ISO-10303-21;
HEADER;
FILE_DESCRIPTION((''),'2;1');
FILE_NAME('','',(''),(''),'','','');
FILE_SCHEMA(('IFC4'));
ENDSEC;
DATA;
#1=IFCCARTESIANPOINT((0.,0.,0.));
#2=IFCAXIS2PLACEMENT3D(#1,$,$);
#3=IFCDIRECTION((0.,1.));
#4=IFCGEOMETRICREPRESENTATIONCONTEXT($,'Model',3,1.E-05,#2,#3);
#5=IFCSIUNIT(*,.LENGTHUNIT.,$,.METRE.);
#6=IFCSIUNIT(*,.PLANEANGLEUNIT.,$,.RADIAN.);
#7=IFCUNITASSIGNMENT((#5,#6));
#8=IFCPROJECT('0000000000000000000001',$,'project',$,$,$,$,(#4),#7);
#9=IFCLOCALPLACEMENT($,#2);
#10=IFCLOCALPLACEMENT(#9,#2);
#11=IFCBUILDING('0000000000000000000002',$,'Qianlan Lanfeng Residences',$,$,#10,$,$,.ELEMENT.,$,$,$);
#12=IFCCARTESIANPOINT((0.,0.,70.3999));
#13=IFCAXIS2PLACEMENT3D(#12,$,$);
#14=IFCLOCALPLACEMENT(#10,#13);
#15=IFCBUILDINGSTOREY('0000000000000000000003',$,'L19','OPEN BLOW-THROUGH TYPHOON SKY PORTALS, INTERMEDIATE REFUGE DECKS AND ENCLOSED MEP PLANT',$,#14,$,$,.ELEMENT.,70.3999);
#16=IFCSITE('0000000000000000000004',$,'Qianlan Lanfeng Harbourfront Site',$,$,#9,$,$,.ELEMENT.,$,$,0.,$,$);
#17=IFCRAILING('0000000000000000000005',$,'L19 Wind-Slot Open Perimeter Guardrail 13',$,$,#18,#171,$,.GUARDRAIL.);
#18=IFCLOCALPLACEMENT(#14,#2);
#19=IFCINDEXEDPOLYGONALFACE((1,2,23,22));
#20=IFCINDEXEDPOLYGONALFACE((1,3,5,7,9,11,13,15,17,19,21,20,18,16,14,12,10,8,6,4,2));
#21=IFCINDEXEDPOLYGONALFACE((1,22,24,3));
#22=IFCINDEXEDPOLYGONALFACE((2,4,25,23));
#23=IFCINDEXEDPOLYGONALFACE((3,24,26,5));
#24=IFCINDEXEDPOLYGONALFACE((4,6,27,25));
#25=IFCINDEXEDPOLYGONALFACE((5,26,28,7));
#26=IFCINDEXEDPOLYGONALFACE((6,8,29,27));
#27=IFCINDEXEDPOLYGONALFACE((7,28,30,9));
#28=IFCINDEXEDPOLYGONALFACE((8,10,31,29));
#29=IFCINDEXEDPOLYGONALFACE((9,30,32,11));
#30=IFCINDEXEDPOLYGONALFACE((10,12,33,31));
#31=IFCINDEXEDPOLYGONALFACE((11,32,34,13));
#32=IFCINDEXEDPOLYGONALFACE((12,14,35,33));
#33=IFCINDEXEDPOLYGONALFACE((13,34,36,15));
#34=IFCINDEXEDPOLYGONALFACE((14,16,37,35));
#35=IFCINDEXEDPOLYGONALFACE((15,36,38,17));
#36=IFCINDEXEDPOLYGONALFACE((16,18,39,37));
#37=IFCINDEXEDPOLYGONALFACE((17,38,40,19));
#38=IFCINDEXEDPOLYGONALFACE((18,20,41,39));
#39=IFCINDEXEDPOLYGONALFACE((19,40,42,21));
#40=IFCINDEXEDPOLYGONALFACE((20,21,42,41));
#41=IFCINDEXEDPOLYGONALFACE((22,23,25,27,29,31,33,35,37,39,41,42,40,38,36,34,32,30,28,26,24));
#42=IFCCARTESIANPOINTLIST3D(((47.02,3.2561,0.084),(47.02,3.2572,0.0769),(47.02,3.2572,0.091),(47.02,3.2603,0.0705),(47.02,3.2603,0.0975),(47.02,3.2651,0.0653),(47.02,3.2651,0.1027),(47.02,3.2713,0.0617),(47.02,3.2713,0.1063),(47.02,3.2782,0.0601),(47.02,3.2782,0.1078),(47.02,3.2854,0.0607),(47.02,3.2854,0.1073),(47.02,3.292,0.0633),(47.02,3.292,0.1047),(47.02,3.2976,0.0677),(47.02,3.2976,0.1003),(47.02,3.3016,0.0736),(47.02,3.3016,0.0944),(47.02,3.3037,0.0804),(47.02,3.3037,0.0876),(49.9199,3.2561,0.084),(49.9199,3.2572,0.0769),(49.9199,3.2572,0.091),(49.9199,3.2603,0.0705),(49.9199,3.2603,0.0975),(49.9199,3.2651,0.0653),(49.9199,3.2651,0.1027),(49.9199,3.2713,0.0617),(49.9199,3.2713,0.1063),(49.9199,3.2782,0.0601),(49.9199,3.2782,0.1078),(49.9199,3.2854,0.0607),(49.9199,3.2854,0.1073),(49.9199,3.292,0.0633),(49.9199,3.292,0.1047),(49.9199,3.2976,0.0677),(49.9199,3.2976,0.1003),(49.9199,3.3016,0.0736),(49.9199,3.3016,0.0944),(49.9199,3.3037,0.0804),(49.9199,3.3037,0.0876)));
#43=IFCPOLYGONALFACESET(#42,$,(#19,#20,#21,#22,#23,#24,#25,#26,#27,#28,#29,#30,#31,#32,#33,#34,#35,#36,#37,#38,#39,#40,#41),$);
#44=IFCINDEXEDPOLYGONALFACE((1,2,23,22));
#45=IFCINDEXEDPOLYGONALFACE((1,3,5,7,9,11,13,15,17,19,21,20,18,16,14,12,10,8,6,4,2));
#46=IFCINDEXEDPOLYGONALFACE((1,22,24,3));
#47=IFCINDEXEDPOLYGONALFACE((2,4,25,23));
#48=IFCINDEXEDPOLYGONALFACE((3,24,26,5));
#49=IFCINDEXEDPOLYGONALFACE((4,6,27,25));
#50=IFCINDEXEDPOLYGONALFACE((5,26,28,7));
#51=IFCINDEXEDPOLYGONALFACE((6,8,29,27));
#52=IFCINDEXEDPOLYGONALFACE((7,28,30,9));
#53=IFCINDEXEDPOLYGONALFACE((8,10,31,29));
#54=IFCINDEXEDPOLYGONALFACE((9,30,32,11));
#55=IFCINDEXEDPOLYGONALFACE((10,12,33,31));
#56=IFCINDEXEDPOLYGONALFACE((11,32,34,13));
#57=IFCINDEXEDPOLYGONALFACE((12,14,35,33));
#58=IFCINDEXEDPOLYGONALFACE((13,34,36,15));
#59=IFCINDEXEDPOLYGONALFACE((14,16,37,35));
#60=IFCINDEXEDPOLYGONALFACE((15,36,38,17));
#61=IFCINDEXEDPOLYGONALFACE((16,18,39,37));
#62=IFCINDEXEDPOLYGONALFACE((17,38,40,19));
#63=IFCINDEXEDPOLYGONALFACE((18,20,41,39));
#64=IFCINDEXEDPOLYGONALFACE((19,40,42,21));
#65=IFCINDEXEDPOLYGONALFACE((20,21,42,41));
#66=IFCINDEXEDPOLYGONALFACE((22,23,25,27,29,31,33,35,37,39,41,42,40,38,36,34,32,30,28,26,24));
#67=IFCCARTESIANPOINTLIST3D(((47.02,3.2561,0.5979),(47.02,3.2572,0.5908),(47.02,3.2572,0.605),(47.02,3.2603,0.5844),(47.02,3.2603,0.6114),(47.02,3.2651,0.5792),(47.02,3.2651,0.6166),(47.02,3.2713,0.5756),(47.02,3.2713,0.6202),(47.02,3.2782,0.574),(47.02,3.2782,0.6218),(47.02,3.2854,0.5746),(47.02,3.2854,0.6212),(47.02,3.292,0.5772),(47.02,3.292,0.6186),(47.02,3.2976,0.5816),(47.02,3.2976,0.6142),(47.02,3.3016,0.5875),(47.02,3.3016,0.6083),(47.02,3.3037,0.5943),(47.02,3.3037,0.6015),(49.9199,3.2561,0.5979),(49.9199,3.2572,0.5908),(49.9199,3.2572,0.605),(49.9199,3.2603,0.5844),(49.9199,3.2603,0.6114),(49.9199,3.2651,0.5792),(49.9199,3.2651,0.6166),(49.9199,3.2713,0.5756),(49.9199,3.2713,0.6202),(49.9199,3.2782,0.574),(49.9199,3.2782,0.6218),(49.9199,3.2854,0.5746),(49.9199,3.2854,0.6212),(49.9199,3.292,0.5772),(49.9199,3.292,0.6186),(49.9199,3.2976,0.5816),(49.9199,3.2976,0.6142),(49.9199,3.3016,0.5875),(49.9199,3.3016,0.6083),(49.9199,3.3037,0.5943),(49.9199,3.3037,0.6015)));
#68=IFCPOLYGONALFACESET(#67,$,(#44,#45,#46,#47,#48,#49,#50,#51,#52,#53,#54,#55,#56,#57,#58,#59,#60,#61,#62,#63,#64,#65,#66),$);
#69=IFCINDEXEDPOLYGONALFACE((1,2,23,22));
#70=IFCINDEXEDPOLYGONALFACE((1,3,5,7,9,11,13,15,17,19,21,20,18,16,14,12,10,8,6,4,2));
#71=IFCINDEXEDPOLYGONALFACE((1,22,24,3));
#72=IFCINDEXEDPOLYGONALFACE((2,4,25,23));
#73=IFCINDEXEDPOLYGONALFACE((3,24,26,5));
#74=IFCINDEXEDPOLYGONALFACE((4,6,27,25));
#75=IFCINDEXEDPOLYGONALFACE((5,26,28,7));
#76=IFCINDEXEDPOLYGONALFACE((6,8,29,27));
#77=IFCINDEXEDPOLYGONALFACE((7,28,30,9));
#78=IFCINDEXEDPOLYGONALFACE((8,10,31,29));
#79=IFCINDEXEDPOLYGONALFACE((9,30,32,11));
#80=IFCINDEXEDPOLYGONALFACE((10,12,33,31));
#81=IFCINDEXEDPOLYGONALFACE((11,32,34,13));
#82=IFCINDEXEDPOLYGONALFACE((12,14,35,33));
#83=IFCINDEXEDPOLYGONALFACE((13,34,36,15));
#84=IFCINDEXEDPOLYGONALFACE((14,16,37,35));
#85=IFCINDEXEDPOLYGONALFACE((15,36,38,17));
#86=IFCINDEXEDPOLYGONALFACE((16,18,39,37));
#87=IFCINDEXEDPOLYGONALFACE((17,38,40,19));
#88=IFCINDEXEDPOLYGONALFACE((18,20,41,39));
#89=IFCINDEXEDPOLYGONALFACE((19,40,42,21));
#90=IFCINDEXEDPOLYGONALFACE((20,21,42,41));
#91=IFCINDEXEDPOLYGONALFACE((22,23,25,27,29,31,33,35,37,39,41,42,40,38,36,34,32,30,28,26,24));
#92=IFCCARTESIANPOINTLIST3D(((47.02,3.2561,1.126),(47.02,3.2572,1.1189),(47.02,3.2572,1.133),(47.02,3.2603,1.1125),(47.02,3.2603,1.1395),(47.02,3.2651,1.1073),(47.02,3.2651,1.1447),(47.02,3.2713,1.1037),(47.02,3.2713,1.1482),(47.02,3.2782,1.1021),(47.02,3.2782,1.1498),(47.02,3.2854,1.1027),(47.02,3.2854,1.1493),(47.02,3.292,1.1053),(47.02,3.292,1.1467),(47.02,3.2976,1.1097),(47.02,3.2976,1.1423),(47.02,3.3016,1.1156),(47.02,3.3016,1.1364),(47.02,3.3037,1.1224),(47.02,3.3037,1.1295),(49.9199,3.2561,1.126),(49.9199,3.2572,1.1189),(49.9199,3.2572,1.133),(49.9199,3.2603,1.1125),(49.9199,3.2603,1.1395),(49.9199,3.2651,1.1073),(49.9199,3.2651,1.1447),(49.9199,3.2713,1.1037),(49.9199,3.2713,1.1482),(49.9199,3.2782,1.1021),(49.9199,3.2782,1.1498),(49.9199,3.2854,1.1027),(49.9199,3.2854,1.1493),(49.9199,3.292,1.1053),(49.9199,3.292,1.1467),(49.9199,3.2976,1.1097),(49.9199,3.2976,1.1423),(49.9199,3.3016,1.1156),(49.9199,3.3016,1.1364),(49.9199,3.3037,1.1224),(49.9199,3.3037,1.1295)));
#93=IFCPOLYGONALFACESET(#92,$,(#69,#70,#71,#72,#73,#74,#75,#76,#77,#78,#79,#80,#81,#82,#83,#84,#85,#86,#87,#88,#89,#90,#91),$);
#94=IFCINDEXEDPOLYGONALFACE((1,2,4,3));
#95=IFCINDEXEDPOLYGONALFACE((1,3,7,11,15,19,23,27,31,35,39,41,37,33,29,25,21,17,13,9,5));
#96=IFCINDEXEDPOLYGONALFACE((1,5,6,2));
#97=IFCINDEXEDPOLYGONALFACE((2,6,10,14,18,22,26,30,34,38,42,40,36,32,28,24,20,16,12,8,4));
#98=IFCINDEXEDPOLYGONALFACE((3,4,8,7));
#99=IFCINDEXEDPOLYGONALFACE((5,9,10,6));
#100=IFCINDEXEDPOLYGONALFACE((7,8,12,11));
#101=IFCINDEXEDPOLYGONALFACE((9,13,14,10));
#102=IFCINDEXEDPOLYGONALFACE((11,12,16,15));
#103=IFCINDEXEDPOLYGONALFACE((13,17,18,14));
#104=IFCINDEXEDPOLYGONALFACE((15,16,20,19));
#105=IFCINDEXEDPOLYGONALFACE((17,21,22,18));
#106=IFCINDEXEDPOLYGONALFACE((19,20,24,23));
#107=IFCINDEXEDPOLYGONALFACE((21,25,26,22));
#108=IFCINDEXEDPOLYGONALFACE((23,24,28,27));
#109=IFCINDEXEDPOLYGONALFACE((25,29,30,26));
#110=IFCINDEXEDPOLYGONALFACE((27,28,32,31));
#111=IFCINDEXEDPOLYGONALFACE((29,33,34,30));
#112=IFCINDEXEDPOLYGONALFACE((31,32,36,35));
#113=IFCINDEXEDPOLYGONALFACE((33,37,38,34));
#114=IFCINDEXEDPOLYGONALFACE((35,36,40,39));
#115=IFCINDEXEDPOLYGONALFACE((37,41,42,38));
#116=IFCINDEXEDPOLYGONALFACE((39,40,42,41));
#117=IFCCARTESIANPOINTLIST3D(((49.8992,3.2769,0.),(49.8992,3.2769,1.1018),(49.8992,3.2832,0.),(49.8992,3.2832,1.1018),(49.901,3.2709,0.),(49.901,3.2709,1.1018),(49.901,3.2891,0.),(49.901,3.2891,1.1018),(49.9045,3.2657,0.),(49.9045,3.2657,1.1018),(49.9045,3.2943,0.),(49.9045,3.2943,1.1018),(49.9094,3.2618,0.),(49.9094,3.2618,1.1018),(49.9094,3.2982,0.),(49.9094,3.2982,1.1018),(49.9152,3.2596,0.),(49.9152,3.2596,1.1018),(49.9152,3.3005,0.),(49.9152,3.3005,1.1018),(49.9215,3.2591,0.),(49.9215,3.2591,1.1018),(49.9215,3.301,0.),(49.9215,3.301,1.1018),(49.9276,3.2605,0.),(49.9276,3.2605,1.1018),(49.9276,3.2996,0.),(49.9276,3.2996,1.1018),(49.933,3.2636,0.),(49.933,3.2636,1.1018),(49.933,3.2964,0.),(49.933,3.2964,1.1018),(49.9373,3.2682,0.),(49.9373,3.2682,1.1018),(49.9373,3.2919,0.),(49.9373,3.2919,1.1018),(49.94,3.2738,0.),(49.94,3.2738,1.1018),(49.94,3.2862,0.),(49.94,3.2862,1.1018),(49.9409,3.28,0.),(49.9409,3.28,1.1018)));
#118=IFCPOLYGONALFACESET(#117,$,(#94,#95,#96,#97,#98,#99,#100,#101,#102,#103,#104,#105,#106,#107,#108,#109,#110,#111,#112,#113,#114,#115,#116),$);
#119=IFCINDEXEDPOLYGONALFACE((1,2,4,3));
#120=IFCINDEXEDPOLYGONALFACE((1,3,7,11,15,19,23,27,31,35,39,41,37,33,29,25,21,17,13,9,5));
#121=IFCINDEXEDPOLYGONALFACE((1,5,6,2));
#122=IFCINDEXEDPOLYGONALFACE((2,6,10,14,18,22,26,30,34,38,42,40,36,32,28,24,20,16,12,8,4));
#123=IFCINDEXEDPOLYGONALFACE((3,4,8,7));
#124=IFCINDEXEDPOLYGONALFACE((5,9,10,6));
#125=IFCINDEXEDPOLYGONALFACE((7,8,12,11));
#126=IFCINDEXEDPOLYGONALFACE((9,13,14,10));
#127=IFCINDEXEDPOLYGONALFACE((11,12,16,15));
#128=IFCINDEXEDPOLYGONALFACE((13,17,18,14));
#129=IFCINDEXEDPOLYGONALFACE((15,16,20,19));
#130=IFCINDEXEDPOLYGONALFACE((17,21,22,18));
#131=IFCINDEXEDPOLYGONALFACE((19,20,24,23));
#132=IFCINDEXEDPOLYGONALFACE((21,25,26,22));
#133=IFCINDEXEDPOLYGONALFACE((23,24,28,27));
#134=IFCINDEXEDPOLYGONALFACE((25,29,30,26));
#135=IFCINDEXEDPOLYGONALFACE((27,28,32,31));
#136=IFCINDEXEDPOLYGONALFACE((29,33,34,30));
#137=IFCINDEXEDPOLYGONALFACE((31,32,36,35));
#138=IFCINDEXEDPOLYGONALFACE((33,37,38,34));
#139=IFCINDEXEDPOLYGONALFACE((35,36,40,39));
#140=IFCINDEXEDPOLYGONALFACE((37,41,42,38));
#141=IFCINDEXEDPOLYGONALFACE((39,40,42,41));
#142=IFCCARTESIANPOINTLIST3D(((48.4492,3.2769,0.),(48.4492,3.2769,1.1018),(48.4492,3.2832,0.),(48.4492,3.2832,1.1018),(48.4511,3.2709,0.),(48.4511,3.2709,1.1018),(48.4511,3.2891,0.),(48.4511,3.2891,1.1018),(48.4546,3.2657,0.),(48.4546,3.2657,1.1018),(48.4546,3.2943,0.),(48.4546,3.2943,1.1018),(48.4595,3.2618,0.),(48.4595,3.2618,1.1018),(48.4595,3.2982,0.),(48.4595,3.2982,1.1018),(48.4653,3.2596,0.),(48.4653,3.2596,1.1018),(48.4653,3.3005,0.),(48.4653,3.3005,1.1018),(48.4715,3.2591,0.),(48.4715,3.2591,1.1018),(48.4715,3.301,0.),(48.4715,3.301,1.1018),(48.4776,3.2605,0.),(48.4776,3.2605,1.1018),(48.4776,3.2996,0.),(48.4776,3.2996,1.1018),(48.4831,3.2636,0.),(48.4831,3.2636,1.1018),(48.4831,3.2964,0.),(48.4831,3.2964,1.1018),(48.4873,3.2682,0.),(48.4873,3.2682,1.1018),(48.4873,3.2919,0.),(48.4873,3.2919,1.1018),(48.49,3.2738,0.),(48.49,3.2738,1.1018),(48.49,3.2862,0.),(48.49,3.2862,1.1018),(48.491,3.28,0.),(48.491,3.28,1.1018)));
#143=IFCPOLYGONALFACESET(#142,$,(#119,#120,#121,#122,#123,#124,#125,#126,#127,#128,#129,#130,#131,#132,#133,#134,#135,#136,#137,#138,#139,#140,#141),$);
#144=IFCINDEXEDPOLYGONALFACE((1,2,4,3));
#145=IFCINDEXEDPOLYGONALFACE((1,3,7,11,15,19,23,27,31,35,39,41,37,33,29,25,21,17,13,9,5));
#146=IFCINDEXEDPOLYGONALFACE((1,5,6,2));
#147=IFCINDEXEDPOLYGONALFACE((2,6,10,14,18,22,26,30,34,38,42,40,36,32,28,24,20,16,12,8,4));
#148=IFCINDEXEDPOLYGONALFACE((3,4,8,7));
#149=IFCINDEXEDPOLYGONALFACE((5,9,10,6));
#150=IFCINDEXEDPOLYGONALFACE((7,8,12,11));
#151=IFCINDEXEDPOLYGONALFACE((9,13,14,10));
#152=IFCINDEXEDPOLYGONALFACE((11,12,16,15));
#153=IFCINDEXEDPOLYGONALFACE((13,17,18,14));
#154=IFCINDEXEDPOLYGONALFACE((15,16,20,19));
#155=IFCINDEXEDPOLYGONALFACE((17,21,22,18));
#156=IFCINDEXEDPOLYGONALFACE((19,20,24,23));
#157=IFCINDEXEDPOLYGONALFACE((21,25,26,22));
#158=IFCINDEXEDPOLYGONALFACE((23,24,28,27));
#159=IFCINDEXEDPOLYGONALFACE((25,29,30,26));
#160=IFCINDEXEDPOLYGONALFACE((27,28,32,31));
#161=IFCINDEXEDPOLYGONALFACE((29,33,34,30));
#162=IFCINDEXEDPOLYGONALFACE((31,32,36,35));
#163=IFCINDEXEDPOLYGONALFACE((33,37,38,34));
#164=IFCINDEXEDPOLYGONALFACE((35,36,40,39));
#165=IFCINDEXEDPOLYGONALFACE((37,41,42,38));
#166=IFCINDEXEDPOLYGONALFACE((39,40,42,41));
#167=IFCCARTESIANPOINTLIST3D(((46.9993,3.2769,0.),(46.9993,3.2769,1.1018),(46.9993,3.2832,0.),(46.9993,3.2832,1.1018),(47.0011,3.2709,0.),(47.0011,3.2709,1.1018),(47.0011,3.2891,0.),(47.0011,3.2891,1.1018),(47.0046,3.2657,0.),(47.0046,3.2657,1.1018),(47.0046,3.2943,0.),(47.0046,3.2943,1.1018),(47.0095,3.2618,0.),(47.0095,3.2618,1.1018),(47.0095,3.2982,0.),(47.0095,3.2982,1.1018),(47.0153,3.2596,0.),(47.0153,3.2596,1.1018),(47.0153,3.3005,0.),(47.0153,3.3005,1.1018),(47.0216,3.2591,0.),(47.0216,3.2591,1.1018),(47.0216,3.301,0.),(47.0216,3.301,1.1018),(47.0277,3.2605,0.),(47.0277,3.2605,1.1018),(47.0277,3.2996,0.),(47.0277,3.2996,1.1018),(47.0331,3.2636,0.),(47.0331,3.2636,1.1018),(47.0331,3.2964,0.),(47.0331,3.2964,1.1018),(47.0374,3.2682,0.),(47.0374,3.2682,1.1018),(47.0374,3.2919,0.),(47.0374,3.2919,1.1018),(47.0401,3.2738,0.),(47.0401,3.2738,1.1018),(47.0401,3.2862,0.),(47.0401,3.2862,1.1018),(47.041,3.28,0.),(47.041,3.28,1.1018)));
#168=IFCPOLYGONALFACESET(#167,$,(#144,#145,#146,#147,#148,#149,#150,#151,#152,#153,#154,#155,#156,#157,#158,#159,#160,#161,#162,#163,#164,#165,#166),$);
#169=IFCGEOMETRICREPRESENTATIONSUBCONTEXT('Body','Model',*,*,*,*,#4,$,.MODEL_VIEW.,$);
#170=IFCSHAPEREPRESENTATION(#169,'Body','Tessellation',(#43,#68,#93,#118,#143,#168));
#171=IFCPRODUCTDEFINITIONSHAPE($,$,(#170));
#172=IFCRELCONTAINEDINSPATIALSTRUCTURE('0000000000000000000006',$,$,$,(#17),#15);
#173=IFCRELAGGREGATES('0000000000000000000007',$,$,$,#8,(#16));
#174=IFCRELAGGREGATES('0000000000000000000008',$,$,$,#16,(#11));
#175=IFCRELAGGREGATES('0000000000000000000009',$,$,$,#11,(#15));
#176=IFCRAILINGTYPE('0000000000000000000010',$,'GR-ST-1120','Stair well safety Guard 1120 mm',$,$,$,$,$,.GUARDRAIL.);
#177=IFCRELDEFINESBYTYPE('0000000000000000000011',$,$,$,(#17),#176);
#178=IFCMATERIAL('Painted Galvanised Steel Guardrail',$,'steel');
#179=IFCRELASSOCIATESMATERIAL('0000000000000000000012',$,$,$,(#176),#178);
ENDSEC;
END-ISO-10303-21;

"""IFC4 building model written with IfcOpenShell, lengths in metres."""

from ifc_helpers import new_model, si_unit, direction, frame, origin, origin_2d, place, context, subcontext, project, spatial, circle, extrude, material, type_object, element, save


model = new_model("IFC4")

# Units and contexts
model_context = context("Model", 3, precision=1e-05, world=origin(), true_north=direction((0.0, 1.0)))
body_context = subcontext(model_context, "Body", "Model", "MODEL_VIEW")
ifc_project = project(units=[si_unit("LENGTHUNIT", "METRE"), si_unit("PLANEANGLEUNIT", "RADIAN")], contexts=[model_context])

# Site, building, storey
site_placement = place(None, origin())
site = spatial("IfcSite", under=ifc_project, at=site_placement, Name="Qianlan Lanfeng Harbourfront Site", CompositionType="ELEMENT", RefElevation=0.0)
building_placement = place(site_placement, origin())
building = spatial("IfcBuilding", under=site, at=building_placement, Name="Qianlan Lanfeng Residences", CompositionType="ELEMENT")
storey_placement = place(building_placement, frame((0.0, 0.0, 70.3999)))
storey = spatial("IfcBuildingStorey", under=building, at=storey_placement, Name="L19", Description="OPEN BLOW-THROUGH TYPHOON SKY PORTALS, INTERMEDIATE REFUGE DECKS AND ENCLOSED MEP PLANT", CompositionType="ELEMENT", Elevation=70.3999)

# Railing
ifc_material_1 = material(Name="Painted Galvanised Steel Guardrail", Category="steel")
railing_type = type_object("IfcRailingType", Name="GR-ST-1120", Description="Stair well safety Guard 1120 mm", PredefinedType="GUARDRAIL", material=ifc_material_1)
railing_1_placement = place(storey_placement, frame((49.9199, 3.28, 0.0)))
element("IfcRailing", 1, at=railing_1_placement, inside=storey, type_object=railing_type, Name="L19 Wind-Slot Open Perimeter Guardrail 13", PredefinedType="GUARDRAIL", context=body_context, shape_type="SweptSolid", body=[
    extrude(circle(Radius=0.0239, at=origin_2d()), frame((0.0, 0.0, 0.084), z_axis=(-1.0, 0.0, 0.0), x_axis=(0.0, -1.0, 0.0)), (0.0, 0.0, 1.0), 2.8999),
    extrude(circle(Radius=0.0239, at=origin_2d()), frame((0.0, 0.0, 0.5979), z_axis=(-1.0, 0.0, 0.0), x_axis=(0.0, -1.0, 0.0)), (0.0, 0.0, 1.0), 2.8999),
    extrude(circle(Radius=0.0239, at=origin_2d()), frame((0.0, 0.0, 1.126), z_axis=(-1.0, 0.0, 0.0), x_axis=(0.0, -1.0, 0.0)), (0.0, 0.0, 1.0), 2.8999),
    extrude(circle(Radius=0.021, at=origin_2d()), origin(), (0.0, 0.0, 1.0), 1.1018),
    extrude(circle(Radius=0.021, at=origin_2d()), frame((-1.45, 0.0, 0.0)), (0.0, 0.0, 1.0), 1.1018),
    extrude(circle(Radius=0.021, at=origin_2d()), frame((-2.8999, 0.0, 0.0)), (0.0, 0.0, 1.0), 1.1018),
])

save(model, "model.ifc")
